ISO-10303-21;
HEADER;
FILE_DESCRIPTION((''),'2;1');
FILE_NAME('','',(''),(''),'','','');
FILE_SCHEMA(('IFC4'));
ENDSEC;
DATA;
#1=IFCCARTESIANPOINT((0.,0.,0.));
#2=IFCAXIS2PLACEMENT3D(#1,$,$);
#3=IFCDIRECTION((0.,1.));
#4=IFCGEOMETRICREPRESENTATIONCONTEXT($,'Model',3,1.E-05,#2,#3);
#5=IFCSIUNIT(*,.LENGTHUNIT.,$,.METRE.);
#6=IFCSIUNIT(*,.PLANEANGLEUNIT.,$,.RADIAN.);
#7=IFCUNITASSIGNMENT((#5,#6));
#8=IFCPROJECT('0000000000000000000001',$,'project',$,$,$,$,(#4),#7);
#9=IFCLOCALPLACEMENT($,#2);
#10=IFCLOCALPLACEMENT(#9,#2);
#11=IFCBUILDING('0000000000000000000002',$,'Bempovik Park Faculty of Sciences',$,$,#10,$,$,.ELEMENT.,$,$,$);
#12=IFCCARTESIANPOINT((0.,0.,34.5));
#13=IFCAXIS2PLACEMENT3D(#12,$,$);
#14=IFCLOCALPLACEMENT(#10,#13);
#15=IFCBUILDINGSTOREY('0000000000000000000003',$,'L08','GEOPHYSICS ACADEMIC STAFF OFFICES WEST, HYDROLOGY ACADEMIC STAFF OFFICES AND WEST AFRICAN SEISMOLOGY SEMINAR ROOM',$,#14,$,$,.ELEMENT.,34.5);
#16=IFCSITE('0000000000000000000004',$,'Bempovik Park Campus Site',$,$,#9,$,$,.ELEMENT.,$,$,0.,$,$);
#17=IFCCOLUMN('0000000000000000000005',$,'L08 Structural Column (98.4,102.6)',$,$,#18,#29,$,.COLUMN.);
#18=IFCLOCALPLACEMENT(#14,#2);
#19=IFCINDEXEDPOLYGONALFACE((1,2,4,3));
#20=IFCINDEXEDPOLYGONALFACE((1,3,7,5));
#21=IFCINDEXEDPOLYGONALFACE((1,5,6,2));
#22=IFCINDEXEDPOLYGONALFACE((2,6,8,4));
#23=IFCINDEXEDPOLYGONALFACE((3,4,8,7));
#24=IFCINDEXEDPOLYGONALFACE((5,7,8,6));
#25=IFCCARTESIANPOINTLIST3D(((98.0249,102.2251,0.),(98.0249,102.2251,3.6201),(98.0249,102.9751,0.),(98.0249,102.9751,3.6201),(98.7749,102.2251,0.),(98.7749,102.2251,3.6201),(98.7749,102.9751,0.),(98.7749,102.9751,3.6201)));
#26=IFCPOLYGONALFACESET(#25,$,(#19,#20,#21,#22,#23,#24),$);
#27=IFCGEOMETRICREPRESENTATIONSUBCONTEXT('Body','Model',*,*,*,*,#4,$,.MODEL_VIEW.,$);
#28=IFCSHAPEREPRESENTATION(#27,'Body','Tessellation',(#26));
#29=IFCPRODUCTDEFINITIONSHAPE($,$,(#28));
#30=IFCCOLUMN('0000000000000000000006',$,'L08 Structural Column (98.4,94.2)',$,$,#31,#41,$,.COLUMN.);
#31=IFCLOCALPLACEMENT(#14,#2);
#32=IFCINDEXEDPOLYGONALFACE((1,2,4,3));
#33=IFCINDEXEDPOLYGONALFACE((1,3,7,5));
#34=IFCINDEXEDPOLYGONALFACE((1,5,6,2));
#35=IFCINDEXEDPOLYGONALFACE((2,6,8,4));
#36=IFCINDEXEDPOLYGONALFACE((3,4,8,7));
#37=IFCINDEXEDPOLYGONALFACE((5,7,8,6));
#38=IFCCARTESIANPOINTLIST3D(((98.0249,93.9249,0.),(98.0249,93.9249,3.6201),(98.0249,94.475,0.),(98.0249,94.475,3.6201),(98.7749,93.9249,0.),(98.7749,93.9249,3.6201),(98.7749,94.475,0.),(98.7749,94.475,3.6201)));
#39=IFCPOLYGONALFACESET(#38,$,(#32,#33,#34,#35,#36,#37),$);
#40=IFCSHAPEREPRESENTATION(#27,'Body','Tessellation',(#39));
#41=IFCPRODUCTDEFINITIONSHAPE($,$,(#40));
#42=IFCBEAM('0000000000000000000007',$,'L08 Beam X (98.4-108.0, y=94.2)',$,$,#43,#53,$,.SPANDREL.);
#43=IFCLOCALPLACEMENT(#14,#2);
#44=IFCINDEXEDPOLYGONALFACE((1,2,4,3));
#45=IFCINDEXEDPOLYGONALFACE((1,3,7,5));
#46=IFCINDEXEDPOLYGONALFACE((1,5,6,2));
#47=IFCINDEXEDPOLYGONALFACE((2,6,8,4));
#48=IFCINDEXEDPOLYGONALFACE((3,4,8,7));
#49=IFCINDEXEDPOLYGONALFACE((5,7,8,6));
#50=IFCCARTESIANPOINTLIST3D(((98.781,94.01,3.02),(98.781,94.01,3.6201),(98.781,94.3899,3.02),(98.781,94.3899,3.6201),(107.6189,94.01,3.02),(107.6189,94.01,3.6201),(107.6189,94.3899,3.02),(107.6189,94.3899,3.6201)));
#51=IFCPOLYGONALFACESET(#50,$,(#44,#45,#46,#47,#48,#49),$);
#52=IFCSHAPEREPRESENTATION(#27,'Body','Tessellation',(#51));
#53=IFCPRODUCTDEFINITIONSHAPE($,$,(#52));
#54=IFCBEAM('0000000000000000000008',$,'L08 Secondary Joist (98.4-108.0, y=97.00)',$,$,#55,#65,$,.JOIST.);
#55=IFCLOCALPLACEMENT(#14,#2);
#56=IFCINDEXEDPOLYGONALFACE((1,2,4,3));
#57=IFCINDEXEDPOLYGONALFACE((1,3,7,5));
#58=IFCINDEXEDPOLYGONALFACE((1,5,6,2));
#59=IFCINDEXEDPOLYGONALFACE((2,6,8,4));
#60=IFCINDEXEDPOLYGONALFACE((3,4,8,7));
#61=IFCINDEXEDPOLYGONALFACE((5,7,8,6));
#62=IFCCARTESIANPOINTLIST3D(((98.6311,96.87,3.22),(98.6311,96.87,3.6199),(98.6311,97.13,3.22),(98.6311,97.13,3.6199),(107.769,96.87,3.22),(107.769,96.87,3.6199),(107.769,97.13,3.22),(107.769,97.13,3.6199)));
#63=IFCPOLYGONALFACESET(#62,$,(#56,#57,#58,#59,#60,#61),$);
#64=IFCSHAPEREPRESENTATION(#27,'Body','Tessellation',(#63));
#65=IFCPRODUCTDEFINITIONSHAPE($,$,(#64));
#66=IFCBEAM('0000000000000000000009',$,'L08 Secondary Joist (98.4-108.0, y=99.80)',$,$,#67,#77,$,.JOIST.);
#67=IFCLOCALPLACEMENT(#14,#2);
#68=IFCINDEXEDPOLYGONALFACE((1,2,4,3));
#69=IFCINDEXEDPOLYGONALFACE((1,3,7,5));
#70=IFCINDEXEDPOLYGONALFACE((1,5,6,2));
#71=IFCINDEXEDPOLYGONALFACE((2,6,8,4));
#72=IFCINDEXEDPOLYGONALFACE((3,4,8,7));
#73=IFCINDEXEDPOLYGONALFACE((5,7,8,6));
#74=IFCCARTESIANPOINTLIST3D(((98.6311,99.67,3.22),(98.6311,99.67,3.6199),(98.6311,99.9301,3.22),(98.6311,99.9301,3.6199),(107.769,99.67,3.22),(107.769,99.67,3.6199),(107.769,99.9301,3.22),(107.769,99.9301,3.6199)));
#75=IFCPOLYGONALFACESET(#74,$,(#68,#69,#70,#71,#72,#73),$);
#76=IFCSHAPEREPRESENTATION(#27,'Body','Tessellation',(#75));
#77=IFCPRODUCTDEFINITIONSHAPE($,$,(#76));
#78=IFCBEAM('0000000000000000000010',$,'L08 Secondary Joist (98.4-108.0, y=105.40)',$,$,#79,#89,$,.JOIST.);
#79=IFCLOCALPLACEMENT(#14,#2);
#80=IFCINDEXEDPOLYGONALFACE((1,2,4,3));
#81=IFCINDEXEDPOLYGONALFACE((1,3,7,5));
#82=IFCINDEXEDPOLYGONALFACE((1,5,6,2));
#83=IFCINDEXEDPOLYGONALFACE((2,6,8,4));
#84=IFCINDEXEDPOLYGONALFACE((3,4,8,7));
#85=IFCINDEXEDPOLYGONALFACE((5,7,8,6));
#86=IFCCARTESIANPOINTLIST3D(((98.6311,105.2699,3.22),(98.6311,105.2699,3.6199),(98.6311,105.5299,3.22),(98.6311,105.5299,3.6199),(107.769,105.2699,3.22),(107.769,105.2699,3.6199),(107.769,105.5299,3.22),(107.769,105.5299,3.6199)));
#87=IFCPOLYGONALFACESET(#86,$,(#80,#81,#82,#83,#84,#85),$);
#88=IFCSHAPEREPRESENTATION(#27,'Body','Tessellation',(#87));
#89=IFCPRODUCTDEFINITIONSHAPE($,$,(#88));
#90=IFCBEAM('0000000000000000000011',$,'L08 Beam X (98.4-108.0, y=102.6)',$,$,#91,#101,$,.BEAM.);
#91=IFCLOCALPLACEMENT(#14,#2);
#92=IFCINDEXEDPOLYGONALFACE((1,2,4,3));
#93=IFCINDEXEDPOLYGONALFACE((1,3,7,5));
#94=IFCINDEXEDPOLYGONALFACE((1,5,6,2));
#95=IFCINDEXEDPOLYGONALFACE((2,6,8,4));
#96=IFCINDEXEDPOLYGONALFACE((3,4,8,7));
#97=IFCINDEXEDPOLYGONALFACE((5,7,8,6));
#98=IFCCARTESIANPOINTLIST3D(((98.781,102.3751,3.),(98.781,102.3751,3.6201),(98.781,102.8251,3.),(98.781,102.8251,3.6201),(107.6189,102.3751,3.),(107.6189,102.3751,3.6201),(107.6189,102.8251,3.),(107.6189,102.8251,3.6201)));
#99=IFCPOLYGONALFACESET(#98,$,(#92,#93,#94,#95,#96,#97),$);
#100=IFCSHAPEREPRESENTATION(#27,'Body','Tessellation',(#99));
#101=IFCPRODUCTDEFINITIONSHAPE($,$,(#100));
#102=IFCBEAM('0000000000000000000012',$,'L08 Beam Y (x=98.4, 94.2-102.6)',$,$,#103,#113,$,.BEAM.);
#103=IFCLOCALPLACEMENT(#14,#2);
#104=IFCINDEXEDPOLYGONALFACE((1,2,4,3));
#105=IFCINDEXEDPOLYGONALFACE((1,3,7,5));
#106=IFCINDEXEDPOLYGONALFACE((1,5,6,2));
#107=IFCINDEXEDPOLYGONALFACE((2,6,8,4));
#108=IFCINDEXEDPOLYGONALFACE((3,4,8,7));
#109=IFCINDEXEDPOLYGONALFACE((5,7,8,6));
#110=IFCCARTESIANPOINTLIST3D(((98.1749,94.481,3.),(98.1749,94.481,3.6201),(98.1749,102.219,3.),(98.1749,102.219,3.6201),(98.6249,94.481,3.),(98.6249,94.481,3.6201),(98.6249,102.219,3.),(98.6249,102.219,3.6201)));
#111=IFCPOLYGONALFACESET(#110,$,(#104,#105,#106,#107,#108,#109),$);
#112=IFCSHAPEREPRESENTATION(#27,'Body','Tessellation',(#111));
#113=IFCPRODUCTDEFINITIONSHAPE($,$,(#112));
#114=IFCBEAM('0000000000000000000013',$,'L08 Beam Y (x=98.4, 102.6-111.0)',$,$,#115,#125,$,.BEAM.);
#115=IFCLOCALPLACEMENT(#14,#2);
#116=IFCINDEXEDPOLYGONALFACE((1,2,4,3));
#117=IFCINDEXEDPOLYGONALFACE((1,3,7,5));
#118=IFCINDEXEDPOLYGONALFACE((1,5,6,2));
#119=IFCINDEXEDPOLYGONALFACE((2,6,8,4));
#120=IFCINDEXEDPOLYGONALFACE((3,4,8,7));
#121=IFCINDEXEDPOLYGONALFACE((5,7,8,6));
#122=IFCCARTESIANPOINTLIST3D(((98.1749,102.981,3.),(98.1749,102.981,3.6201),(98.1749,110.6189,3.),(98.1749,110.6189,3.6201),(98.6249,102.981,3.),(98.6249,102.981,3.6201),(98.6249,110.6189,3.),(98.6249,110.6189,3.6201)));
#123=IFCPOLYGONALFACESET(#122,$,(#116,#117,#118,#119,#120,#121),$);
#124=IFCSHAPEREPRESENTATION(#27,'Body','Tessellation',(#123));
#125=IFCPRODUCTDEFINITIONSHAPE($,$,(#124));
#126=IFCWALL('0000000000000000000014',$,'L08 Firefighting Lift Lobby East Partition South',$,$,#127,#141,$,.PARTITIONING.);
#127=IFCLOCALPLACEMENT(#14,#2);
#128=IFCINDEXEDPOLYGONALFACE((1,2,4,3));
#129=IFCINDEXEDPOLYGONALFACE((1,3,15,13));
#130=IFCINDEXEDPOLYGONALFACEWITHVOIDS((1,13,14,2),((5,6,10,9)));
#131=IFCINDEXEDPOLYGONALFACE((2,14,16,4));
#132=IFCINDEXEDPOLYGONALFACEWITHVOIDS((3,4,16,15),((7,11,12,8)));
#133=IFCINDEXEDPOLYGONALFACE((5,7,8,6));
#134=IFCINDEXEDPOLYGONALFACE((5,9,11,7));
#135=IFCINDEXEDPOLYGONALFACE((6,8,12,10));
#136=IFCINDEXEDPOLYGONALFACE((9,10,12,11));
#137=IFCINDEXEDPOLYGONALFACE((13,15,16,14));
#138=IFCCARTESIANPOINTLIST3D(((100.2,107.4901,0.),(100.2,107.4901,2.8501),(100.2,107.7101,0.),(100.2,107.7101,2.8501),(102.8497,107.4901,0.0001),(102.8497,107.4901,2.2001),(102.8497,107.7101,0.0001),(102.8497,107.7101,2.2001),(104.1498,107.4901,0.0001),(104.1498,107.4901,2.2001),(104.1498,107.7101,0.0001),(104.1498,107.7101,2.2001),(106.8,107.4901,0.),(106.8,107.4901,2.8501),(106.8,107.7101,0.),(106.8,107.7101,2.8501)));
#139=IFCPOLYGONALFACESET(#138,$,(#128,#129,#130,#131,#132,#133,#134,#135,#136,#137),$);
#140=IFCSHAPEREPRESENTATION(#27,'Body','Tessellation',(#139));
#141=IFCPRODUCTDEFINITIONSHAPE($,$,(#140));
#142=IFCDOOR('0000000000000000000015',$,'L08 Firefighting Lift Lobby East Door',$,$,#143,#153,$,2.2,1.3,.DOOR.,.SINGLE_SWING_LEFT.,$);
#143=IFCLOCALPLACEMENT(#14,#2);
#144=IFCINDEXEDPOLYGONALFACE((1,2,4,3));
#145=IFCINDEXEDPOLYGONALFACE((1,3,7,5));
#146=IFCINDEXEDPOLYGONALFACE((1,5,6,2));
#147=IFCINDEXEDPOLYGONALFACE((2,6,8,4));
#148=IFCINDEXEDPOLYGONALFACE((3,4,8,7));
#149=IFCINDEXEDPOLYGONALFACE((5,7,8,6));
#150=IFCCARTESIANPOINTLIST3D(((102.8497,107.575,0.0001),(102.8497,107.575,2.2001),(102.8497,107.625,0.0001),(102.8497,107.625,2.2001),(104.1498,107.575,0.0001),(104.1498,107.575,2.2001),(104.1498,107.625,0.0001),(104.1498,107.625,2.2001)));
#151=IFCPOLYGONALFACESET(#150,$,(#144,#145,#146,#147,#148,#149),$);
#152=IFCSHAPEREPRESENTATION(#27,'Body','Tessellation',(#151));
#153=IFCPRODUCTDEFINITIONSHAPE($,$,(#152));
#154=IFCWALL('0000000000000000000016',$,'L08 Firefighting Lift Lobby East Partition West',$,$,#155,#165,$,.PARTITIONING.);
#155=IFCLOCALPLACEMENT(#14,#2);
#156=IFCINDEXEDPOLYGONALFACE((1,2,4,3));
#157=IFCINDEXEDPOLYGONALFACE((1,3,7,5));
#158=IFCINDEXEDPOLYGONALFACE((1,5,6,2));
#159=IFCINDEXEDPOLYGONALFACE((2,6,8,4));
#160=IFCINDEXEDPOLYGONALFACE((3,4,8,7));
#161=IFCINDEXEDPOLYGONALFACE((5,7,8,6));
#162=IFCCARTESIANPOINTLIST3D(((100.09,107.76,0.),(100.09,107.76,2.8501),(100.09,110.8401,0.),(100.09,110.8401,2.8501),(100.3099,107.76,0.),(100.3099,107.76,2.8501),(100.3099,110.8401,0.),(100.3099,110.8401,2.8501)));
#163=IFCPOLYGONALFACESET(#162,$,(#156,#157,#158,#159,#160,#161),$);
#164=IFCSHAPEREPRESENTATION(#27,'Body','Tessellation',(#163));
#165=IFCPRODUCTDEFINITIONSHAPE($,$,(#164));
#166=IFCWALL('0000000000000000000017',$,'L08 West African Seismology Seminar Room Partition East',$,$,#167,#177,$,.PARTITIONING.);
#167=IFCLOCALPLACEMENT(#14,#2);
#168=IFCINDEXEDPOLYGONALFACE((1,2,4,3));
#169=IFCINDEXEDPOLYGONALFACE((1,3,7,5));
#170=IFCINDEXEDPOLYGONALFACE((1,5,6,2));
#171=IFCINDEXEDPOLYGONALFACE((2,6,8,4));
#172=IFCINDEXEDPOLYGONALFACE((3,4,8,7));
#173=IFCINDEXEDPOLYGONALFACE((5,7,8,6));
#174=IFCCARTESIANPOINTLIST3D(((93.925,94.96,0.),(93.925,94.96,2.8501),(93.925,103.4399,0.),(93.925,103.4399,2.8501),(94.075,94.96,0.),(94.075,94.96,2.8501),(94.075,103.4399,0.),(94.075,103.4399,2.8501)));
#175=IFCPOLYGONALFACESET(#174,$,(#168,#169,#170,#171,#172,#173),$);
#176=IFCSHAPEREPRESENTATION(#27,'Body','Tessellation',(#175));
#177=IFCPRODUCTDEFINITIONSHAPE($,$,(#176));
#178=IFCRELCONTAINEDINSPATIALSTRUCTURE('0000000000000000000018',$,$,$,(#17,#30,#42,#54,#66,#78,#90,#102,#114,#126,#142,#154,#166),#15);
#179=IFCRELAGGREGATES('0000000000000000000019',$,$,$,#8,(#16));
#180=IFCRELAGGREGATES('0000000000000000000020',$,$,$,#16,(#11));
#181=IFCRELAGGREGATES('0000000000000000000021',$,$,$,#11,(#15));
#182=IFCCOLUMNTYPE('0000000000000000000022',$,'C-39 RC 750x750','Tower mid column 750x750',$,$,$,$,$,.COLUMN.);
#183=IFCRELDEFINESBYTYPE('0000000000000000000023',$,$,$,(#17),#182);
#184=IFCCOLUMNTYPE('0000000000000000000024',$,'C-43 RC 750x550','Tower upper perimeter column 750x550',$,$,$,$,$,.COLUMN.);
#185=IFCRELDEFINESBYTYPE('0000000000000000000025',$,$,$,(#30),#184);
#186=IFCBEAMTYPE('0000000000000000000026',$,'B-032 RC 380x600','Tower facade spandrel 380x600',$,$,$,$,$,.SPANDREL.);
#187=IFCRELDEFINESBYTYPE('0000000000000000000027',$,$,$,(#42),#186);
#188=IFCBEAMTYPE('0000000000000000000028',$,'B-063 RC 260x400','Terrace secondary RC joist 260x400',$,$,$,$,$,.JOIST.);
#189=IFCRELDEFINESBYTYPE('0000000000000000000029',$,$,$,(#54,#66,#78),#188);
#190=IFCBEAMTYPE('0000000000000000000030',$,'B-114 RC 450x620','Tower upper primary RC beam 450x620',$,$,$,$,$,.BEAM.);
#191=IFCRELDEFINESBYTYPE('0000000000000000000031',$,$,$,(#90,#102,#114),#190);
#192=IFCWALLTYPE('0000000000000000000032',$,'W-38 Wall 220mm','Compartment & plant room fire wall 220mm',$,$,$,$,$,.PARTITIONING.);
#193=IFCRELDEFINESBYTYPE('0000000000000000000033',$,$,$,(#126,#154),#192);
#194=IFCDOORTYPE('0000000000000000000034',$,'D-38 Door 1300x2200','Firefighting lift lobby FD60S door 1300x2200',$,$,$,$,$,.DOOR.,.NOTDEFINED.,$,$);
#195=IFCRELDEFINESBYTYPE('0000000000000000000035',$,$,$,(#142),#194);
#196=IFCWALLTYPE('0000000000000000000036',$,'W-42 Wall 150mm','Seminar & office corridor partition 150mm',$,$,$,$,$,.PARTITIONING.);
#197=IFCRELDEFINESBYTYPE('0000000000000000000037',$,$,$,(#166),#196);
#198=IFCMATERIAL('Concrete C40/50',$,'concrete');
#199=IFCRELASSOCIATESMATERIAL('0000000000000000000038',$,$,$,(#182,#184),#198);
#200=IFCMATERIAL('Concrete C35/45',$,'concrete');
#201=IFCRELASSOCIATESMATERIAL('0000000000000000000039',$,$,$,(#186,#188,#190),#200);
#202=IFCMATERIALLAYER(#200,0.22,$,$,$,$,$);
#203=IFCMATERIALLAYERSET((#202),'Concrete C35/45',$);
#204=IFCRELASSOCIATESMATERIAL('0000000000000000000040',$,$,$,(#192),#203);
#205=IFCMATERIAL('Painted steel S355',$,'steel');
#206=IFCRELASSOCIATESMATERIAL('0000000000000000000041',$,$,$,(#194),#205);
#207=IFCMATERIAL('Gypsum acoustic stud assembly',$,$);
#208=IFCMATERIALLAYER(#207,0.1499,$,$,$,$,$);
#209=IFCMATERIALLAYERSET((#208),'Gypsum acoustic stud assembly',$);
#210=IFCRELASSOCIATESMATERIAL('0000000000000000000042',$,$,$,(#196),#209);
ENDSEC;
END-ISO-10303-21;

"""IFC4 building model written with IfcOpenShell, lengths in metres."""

from ifc_helpers import new_model, si_unit, direction, frame, frame_2d, origin, origin_2d, place, context, subcontext, project, spatial, rectangle, extrude, material, layer, layer_set, material_profile, profile_set, type_object, element, fill, save


model = new_model("IFC4")

# Units and contexts
model_context = context("Model", 3, precision=1e-05, world=origin(), true_north=direction((0.0, 1.0)))
body_context = subcontext(model_context, "Body", "Model", "MODEL_VIEW")
ifc_project = project(units=[si_unit("LENGTHUNIT", "METRE"), si_unit("PLANEANGLEUNIT", "RADIAN")], contexts=[model_context])

# Site, building, storey
site_placement = place(None, origin())
site = spatial("IfcSite", under=ifc_project, at=site_placement, Name="Bempovik Park Campus Site", CompositionType="ELEMENT", RefElevation=0.0)
building_placement = place(site_placement, origin())
building = spatial("IfcBuilding", under=site, at=building_placement, Name="Bempovik Park Faculty of Sciences", CompositionType="ELEMENT")
storey_placement = place(building_placement, frame((0.0, 0.0, 34.5)))
storey = spatial("IfcBuildingStorey", under=building, at=storey_placement, Name="L08", Description="GEOPHYSICS ACADEMIC STAFF OFFICES WEST, HYDROLOGY ACADEMIC STAFF OFFICES AND WEST AFRICAN SEISMOLOGY SEMINAR ROOM", CompositionType="ELEMENT", Elevation=34.5)

# Columns
ifc_material_1 = material(Name="Concrete C40/50", Category="concrete")
ifc_material_profile_1 = material_profile(ifc_material_1, rectangle(XDim=0.75, YDim=0.75, at=origin_2d()), Name="RC 750x750")
ifc_profile_set_1 = profile_set([ifc_material_profile_1], Name="Concrete C40/50")
column_type_1 = type_object("IfcColumnType", Name="C-39 RC 750x750", Description="Tower mid column 750x750", PredefinedType="COLUMN", material=ifc_profile_set_1)
column_1_placement = place(storey_placement, frame((98.3999, 102.6001, 0.0), z_axis=(0.0, 0.0, 1.0), x_axis=(1.0, 0.0, 0.0)))
element("IfcColumn", 1, at=column_1_placement, inside=storey, type_object=column_type_1, Name="L08 Structural Column (98.4,102.6)", PredefinedType="COLUMN", context=body_context, shape_type="SweptSolid", body=[
    extrude(rectangle(XDim=0.75, YDim=0.75, at=origin_2d()), origin(), (0.0, 0.0, 1.0), 3.6201),
])
ifc_material_profile_2 = material_profile(ifc_material_1, rectangle(XDim=0.75, YDim=0.55, at=origin_2d()), Name="RC 750x550")
ifc_profile_set_2 = profile_set([ifc_material_profile_2], Name="Concrete C40/50")
column_type_2 = type_object("IfcColumnType", Name="C-43 RC 750x550", Description="Tower upper perimeter column 750x550", PredefinedType="COLUMN", material=ifc_profile_set_2)
column_2_placement = place(storey_placement, frame((98.3999, 94.2, 0.0), z_axis=(0.0, 0.0, 1.0), x_axis=(1.0, 0.0, 0.0)))
element("IfcColumn", 2, at=column_2_placement, inside=storey, type_object=column_type_2, Name="L08 Structural Column (98.4,94.2)", PredefinedType="COLUMN", context=body_context, shape_type="SweptSolid", body=[
    extrude(rectangle(XDim=0.75, YDim=0.55, at=origin_2d()), origin(), (0.0, 0.0, 1.0), 3.6201),
])

# Beams
ifc_material_2 = material(Name="Concrete C35/45", Category="concrete")
ifc_material_profile_3 = material_profile(ifc_material_2, rectangle(XDim=0.3799, YDim=0.6001, at=origin_2d()), Name="RC 380x600")
ifc_profile_set_3 = profile_set([ifc_material_profile_3], Name="Concrete C35/45")
beam_type_1 = type_object("IfcBeamType", Name="B-032 RC 380x600", Description="Tower facade spandrel 380x600", PredefinedType="SPANDREL", material=ifc_profile_set_3)
beam_1_placement = place(storey_placement, frame((98.781, 94.2, 3.3201), z_axis=(1.0, 0.0, 0.0), x_axis=(0.0, 1.0, 0.0)))
element("IfcBeam", 3, at=beam_1_placement, inside=storey, type_object=beam_type_1, Name="L08 Beam X (98.4-108.0, y=94.2)", PredefinedType="SPANDREL", context=body_context, shape_type="SweptSolid", body=[
    extrude(rectangle(XDim=0.3799, YDim=0.6001, at=origin_2d()), origin(), (0.0, 0.0, 1.0), 8.8379),
])
ifc_material_profile_4 = material_profile(ifc_material_2, rectangle(XDim=0.26, YDim=0.3999, at=origin_2d()), Name="RC 260x400")
ifc_profile_set_4 = profile_set([ifc_material_profile_4], Name="Concrete C35/45")
beam_type_2 = type_object("IfcBeamType", Name="B-063 RC 260x400", Description="Terrace secondary RC joist 260x400", PredefinedType="JOIST", material=ifc_profile_set_4)
for number, where, z_axis, x_axis, name in (
    (4, (98.6311, 97.0, 3.4199), (1.0, 0.0, 0.0), (0.0, 1.0, 0.0), "L08 Secondary Joist (98.4-108.0, y=97.00)"),
    (5, (98.6311, 99.8, 3.4199), (1.0, 0.0, 0.0), (0.0, 1.0, 0.0), "L08 Secondary Joist (98.4-108.0, y=99.80)"),
    (6, (98.6311, 105.3999, 3.4199), (1.0, 0.0, 0.0), (0.0, 1.0, 0.0), "L08 Secondary Joist (98.4-108.0, y=105.40)"),
):
    element("IfcBeam", number, at=place(storey_placement, frame(where, z_axis=z_axis, x_axis=x_axis)), inside=storey, type_object=beam_type_2, Name=name, PredefinedType="JOIST", context=body_context, shape_type="SweptSolid", body=[
        extrude(rectangle(XDim=0.26, YDim=0.3999, at=origin_2d()), origin(), (0.0, 0.0, 1.0), 9.1379),
    ])
ifc_material_profile_5 = material_profile(ifc_material_2, rectangle(XDim=0.45, YDim=0.6201, at=origin_2d()), Name="RC 450x620")
ifc_profile_set_5 = profile_set([ifc_material_profile_5], Name="Concrete C35/45")
beam_type_3 = type_object("IfcBeamType", Name="B-114 RC 450x620", Description="Tower upper primary RC beam 450x620", PredefinedType="BEAM", material=ifc_profile_set_5)
beam_2_placement = place(storey_placement, frame((98.781, 102.6001, 3.3101), z_axis=(1.0, 0.0, 0.0), x_axis=(0.0, 1.0, 0.0)))
element("IfcBeam", 7, at=beam_2_placement, inside=storey, type_object=beam_type_3, Name="L08 Beam X (98.4-108.0, y=102.6)", PredefinedType="BEAM", context=body_context, shape_type="SweptSolid", body=[
    extrude(rectangle(XDim=0.45, YDim=0.6201, at=origin_2d()), origin(), (0.0, 0.0, 1.0), 8.8379),
])
beam_3_placement = place(storey_placement, frame((98.3999, 94.481, 3.3101), z_axis=(0.0, 1.0, 0.0), x_axis=(-1.0, 0.0, 0.0)))
element("IfcBeam", 8, at=beam_3_placement, inside=storey, type_object=beam_type_3, Name="L08 Beam Y (x=98.4, 94.2-102.6)", PredefinedType="BEAM", context=body_context, shape_type="SweptSolid", body=[
    extrude(rectangle(XDim=0.45, YDim=0.6201, at=origin_2d()), origin(), (0.0, 0.0, 1.0), 7.738),
])
beam_4_placement = place(storey_placement, frame((98.3999, 102.981, 3.3101), z_axis=(0.0, 1.0, 0.0), x_axis=(-1.0, 0.0, 0.0)))
element("IfcBeam", 9, at=beam_4_placement, inside=storey, type_object=beam_type_3, Name="L08 Beam Y (x=98.4, 102.6-111.0)", PredefinedType="BEAM", context=body_context, shape_type="SweptSolid", body=[
    extrude(rectangle(XDim=0.45, YDim=0.6201, at=origin_2d()), origin(), (0.0, 0.0, 1.0), 7.6379),
])

# Wall, opening, door
ifc_layer_1 = layer(ifc_material_2, 0.22)
ifc_layer_set_1 = layer_set([ifc_layer_1], Name="Concrete C35/45")
wall_type_1 = type_object("IfcWallType", Name="W-38 Wall 220mm", Description="Compartment & plant room fire wall 220mm", PredefinedType="PARTITIONING", material=ifc_layer_set_1)
wall_1_placement = place(storey_placement, frame((100.2, 107.6001, 0.0), z_axis=(0.0, 0.0, 1.0), x_axis=(1.0, 0.0, 0.0)))
wall_1 = element("IfcWall", 10, at=wall_1_placement, inside=storey, type_object=wall_type_1, Name="L08 Firefighting Lift Lobby East Partition South", PredefinedType="PARTITIONING", context=body_context, shape_type="SweptSolid", body=[
    extrude(rectangle(XDim=6.6001, YDim=0.22, at=frame_2d((3.3, 0.0))), origin(), (0.0, 0.0, 1.0), 2.8501),
])
opening_1_placement = place(wall_1_placement, frame((2.6499, 0.0, 0.0)))
opening_1 = element("IfcOpeningElement", 11, at=opening_1_placement, cuts=wall_1, PredefinedType="OPENING", context=body_context, shape_type="SweptSolid", body=[
    extrude(rectangle(XDim=1.3, YDim=2.2, at=frame_2d((0.6499, 1.1001))), frame((0.0, 0.1201, 0.0), z_axis=(0.0, -1.0, 0.0), x_axis=(1.0, 0.0, 0.0)), (0.0, 0.0, 1.0), 0.24),
])
ifc_material_3 = material(Name="Painted steel S355", Category="steel")
door_type_1 = type_object("IfcDoorType", Name="D-38 Door 1300x2200", Description="Firefighting lift lobby FD60S door 1300x2200", OperationType="NOTDEFINED", PredefinedType="DOOR", material=ifc_material_3)
door_1_placement = place(opening_1_placement, origin())
door_1 = element("IfcDoor", 12, at=door_1_placement, inside=storey, type_object=door_type_1, Name="L08 Firefighting Lift Lobby East Door", OperationType="SINGLE_SWING_LEFT", OverallHeight=2.2, OverallWidth=1.3, PredefinedType="DOOR", context=body_context, shape_type="SweptSolid", body=[
    extrude(rectangle(XDim=1.3, YDim=2.2, at=frame_2d((0.6499, 1.1001))), frame((0.0, 0.0249, 0.0), z_axis=(0.0, -1.0, 0.0), x_axis=(1.0, 0.0, 0.0)), (0.0, 0.0, 1.0), 0.05),
])
fill(opening_1, door_1)

# Walls
wall_2_placement = place(storey_placement, frame((100.2, 107.76, 0.0), z_axis=(0.0, 0.0, 1.0), x_axis=(0.0, 1.0, 0.0)))
element("IfcWall", 13, at=wall_2_placement, inside=storey, type_object=wall_type_1, Name="L08 Firefighting Lift Lobby East Partition West", PredefinedType="PARTITIONING", context=body_context, shape_type="SweptSolid", body=[
    extrude(rectangle(XDim=3.0801, YDim=0.22, at=frame_2d((1.54, 0.0))), origin(), (0.0, 0.0, 1.0), 2.8501),
])
ifc_material_4 = material(Name="Gypsum acoustic stud assembly")
ifc_layer_2 = layer(ifc_material_4, 0.1499)
ifc_layer_set_2 = layer_set([ifc_layer_2], Name="Gypsum acoustic stud assembly")
wall_type_2 = type_object("IfcWallType", Name="W-42 Wall 150mm", Description="Seminar & office corridor partition 150mm", PredefinedType="PARTITIONING", material=ifc_layer_set_2)
wall_3_placement = place(storey_placement, frame((94.0, 94.96, 0.0), z_axis=(0.0, 0.0, 1.0), x_axis=(0.0, 1.0, 0.0)))
element("IfcWall", 14, at=wall_3_placement, inside=storey, type_object=wall_type_2, Name="L08 West African Seismology Seminar Room Partition East", PredefinedType="PARTITIONING", context=body_context, shape_type="SweptSolid", body=[
    extrude(rectangle(XDim=8.48, YDim=0.1499, at=frame_2d((4.24, 0.0))), origin(), (0.0, 0.0, 1.0), 2.8501),
])

save(model, "model.ifc")
